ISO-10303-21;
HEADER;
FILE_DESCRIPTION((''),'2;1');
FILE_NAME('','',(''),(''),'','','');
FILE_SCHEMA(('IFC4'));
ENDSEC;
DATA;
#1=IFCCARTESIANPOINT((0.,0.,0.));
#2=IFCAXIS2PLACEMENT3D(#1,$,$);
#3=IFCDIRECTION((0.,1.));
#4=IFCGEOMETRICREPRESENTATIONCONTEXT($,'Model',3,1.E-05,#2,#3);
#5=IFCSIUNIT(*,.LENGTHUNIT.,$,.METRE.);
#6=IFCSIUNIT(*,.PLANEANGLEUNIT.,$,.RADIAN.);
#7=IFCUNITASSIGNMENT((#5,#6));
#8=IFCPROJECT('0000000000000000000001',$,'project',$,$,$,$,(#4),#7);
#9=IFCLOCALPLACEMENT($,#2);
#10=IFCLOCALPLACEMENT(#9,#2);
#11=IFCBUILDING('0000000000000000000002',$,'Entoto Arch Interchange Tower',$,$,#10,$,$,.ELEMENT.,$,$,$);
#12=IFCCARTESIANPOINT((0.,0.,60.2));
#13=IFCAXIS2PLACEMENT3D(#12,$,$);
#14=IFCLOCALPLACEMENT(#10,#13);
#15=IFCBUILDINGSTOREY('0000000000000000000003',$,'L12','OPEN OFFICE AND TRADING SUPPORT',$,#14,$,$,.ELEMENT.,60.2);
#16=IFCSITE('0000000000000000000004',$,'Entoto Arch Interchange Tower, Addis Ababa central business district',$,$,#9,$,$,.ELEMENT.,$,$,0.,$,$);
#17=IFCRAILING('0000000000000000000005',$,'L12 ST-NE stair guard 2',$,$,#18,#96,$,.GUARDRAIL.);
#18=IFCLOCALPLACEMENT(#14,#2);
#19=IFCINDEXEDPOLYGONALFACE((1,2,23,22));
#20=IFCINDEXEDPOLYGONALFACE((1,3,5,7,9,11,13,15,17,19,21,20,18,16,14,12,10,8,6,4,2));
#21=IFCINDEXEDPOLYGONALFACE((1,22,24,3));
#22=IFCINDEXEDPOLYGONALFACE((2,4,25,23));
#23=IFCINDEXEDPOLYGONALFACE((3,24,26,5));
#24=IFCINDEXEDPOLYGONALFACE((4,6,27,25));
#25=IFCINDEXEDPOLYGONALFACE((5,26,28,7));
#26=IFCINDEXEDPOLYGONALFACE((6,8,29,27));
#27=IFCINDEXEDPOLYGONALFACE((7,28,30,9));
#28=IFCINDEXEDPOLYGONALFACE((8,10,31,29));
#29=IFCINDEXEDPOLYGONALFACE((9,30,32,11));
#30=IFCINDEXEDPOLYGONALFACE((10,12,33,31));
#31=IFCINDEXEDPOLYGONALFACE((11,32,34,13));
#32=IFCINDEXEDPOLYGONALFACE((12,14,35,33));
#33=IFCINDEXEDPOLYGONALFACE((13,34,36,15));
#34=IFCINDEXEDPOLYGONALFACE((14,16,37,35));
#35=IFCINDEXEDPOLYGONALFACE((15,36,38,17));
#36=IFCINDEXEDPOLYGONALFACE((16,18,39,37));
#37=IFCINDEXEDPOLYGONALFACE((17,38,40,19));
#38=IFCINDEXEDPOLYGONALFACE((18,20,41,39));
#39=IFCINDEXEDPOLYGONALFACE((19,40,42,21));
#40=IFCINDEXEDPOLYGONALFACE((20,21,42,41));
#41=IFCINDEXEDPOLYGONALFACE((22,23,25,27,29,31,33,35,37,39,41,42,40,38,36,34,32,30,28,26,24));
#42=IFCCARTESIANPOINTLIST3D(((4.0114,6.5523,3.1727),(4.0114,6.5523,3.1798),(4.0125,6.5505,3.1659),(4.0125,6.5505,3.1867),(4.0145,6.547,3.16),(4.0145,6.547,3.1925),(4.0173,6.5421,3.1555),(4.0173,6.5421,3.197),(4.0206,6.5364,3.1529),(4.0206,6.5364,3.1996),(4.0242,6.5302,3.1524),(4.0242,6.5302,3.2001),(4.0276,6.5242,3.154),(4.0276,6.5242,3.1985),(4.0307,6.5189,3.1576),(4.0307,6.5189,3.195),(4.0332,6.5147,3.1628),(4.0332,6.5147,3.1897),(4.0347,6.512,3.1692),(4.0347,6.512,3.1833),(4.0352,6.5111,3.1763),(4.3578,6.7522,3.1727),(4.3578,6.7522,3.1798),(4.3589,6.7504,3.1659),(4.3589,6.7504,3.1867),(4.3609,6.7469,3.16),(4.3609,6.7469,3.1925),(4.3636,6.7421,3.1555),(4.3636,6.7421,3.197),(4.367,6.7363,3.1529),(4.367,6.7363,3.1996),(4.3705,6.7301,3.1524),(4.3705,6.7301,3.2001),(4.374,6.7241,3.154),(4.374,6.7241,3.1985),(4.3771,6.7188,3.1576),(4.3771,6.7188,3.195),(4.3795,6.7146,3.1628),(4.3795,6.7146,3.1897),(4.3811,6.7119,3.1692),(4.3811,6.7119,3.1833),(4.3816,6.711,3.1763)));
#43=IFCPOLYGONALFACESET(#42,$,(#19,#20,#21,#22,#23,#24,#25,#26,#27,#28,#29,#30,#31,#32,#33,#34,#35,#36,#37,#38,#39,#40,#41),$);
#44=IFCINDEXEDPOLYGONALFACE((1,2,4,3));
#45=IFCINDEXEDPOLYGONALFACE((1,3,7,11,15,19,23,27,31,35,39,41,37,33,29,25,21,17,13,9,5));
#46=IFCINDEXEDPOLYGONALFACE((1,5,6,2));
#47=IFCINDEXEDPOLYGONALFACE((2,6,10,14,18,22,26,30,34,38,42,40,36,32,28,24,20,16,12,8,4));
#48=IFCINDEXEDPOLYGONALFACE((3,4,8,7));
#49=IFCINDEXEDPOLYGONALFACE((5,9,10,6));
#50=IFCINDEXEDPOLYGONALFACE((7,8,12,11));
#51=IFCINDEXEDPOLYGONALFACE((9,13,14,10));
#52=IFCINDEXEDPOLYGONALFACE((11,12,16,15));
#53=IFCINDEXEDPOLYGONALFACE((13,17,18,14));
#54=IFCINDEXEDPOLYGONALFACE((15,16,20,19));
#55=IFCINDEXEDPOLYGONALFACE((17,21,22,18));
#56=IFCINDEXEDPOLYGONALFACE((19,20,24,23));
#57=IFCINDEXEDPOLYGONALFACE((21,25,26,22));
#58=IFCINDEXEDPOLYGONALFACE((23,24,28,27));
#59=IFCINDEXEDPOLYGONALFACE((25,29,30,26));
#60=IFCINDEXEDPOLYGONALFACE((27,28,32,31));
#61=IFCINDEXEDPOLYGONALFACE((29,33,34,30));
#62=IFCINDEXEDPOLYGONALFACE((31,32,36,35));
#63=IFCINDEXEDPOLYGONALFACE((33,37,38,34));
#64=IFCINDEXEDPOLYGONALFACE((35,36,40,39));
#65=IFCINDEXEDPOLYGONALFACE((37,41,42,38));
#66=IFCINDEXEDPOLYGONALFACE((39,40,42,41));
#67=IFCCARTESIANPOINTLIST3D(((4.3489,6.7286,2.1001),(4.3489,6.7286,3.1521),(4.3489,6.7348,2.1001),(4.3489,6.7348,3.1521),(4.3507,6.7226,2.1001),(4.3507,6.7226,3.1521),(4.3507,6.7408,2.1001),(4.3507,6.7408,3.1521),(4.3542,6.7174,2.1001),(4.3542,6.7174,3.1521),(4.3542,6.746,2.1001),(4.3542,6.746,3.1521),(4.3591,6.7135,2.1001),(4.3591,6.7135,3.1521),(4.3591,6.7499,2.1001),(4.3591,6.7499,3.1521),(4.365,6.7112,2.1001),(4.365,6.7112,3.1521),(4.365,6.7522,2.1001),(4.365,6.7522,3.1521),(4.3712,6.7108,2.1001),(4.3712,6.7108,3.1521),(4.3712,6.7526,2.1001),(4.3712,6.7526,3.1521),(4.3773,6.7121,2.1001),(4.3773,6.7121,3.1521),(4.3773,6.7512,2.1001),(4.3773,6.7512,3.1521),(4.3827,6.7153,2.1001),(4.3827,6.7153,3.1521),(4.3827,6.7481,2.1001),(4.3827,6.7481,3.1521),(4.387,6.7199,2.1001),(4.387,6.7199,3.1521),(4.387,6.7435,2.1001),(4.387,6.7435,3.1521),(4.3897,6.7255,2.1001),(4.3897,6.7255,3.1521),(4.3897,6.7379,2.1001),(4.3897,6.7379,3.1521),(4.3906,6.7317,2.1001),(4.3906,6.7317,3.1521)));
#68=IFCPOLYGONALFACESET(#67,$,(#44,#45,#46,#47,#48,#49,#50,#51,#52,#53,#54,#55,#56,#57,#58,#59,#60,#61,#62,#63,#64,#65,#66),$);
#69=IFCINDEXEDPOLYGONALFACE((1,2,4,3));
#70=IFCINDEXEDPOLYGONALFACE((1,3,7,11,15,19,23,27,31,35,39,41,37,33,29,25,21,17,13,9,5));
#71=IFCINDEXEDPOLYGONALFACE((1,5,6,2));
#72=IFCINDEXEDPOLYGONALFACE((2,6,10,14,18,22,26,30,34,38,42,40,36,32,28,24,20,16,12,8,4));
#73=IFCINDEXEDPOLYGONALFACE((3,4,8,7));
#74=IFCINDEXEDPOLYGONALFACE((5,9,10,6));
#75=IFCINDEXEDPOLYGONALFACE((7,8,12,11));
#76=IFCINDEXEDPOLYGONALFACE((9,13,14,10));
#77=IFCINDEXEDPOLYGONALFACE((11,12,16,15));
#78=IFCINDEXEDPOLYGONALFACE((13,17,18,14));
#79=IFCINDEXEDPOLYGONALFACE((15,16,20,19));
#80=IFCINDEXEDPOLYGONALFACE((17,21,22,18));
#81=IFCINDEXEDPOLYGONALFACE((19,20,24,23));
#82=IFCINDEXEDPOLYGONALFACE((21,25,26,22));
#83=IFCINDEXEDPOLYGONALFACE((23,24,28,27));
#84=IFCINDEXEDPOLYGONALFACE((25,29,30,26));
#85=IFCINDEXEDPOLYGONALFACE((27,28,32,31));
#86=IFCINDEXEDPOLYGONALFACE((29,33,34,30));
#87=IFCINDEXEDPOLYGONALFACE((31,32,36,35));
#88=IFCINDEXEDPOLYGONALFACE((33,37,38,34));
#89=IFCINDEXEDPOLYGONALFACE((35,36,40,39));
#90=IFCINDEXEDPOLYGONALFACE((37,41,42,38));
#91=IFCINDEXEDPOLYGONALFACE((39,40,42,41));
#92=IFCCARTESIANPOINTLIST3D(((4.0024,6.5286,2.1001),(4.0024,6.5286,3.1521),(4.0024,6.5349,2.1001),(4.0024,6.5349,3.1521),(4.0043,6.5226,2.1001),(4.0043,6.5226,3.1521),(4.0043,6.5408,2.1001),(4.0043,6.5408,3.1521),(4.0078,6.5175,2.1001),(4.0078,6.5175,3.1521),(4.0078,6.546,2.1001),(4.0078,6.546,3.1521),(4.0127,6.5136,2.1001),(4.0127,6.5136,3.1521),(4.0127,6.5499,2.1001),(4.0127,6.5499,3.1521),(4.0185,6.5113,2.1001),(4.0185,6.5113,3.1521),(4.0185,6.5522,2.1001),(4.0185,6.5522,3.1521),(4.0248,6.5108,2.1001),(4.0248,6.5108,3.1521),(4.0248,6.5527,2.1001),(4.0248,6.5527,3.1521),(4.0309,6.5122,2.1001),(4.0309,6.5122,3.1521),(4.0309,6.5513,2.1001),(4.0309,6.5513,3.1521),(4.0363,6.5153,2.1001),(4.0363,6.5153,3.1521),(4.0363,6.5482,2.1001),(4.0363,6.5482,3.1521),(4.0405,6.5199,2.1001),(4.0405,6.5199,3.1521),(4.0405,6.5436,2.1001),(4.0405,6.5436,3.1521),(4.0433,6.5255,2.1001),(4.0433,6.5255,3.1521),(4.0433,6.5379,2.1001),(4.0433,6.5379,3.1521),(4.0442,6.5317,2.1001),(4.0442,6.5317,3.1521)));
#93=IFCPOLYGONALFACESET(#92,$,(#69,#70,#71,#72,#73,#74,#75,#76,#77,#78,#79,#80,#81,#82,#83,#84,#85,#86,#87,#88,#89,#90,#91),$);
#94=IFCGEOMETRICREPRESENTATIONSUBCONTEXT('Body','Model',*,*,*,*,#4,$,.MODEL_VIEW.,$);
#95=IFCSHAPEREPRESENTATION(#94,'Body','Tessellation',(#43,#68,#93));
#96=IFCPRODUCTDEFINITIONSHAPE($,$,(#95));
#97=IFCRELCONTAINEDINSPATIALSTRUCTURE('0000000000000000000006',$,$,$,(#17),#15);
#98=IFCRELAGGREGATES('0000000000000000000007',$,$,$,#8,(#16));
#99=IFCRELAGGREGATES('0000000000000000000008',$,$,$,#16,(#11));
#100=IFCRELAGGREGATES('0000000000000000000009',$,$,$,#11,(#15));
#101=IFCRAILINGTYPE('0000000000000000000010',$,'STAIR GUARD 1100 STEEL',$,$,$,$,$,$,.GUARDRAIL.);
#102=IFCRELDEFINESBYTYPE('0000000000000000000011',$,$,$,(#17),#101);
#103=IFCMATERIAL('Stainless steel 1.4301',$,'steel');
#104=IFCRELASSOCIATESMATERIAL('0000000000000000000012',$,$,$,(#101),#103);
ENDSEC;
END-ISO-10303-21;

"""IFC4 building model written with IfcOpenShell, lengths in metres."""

from ifc_helpers import new_model, si_unit, direction, frame, origin, origin_2d, place, context, subcontext, project, spatial, circle, extrude, material, type_object, element, save


model = new_model("IFC4")

# Units and contexts
model_context = context("Model", 3, precision=1e-05, world=origin(), true_north=direction((0.0, 1.0)))
body_context = subcontext(model_context, "Body", "Model", "MODEL_VIEW")
ifc_project = project(units=[si_unit("LENGTHUNIT", "METRE"), si_unit("PLANEANGLEUNIT", "RADIAN")], contexts=[model_context])

# Site, building, storey
site_placement = place(None, origin())
site = spatial("IfcSite", under=ifc_project, at=site_placement, Name="Entoto Arch Interchange Tower, Addis Ababa central business district", CompositionType="ELEMENT", RefElevation=0.0)
building_placement = place(site_placement, origin())
building = spatial("IfcBuilding", under=site, at=building_placement, Name="Entoto Arch Interchange Tower", CompositionType="ELEMENT")
storey_placement = place(building_placement, frame((0.0, 0.0, 60.2)))
storey = spatial("IfcBuildingStorey", under=building, at=storey_placement, Name="L12", Description="OPEN OFFICE AND TRADING SUPPORT", CompositionType="ELEMENT", Elevation=60.2)

# Railing
ifc_material_1 = material(Name="Stainless steel 1.4301", Category="steel")
railing_type_1 = type_object("IfcRailingType", Name="STAIR GUARD 1100 STEEL", PredefinedType="GUARDRAIL", material=ifc_material_1)
railing_1_placement = place(storey_placement, frame((4.3696, 6.7317, 2.1001)))
element("IfcRailing", 1, at=railing_1_placement, inside=storey, type_object=railing_type_1, Name="L12 ST-NE stair guard 2", PredefinedType="GUARDRAIL", context=body_context, shape_type="SweptSolid", body=[
    extrude(circle(Radius=0.0239, at=origin_2d()), frame((0.0, 0.0, 1.0762), z_axis=(-0.866094, -0.499881, 0.0), x_axis=(0.499881, -0.866094, 0.0)), (0.0, 0.0, 1.0), 0.3999),
    extrude(circle(Radius=0.021, at=origin_2d()), origin(), (0.0, 0.0, 1.0), 1.052),
    extrude(circle(Radius=0.021, at=origin_2d()), frame((-0.3464, -0.2, 0.0)), (0.0, 0.0, 1.0), 1.052),
])

save(model, "model.ifc")
